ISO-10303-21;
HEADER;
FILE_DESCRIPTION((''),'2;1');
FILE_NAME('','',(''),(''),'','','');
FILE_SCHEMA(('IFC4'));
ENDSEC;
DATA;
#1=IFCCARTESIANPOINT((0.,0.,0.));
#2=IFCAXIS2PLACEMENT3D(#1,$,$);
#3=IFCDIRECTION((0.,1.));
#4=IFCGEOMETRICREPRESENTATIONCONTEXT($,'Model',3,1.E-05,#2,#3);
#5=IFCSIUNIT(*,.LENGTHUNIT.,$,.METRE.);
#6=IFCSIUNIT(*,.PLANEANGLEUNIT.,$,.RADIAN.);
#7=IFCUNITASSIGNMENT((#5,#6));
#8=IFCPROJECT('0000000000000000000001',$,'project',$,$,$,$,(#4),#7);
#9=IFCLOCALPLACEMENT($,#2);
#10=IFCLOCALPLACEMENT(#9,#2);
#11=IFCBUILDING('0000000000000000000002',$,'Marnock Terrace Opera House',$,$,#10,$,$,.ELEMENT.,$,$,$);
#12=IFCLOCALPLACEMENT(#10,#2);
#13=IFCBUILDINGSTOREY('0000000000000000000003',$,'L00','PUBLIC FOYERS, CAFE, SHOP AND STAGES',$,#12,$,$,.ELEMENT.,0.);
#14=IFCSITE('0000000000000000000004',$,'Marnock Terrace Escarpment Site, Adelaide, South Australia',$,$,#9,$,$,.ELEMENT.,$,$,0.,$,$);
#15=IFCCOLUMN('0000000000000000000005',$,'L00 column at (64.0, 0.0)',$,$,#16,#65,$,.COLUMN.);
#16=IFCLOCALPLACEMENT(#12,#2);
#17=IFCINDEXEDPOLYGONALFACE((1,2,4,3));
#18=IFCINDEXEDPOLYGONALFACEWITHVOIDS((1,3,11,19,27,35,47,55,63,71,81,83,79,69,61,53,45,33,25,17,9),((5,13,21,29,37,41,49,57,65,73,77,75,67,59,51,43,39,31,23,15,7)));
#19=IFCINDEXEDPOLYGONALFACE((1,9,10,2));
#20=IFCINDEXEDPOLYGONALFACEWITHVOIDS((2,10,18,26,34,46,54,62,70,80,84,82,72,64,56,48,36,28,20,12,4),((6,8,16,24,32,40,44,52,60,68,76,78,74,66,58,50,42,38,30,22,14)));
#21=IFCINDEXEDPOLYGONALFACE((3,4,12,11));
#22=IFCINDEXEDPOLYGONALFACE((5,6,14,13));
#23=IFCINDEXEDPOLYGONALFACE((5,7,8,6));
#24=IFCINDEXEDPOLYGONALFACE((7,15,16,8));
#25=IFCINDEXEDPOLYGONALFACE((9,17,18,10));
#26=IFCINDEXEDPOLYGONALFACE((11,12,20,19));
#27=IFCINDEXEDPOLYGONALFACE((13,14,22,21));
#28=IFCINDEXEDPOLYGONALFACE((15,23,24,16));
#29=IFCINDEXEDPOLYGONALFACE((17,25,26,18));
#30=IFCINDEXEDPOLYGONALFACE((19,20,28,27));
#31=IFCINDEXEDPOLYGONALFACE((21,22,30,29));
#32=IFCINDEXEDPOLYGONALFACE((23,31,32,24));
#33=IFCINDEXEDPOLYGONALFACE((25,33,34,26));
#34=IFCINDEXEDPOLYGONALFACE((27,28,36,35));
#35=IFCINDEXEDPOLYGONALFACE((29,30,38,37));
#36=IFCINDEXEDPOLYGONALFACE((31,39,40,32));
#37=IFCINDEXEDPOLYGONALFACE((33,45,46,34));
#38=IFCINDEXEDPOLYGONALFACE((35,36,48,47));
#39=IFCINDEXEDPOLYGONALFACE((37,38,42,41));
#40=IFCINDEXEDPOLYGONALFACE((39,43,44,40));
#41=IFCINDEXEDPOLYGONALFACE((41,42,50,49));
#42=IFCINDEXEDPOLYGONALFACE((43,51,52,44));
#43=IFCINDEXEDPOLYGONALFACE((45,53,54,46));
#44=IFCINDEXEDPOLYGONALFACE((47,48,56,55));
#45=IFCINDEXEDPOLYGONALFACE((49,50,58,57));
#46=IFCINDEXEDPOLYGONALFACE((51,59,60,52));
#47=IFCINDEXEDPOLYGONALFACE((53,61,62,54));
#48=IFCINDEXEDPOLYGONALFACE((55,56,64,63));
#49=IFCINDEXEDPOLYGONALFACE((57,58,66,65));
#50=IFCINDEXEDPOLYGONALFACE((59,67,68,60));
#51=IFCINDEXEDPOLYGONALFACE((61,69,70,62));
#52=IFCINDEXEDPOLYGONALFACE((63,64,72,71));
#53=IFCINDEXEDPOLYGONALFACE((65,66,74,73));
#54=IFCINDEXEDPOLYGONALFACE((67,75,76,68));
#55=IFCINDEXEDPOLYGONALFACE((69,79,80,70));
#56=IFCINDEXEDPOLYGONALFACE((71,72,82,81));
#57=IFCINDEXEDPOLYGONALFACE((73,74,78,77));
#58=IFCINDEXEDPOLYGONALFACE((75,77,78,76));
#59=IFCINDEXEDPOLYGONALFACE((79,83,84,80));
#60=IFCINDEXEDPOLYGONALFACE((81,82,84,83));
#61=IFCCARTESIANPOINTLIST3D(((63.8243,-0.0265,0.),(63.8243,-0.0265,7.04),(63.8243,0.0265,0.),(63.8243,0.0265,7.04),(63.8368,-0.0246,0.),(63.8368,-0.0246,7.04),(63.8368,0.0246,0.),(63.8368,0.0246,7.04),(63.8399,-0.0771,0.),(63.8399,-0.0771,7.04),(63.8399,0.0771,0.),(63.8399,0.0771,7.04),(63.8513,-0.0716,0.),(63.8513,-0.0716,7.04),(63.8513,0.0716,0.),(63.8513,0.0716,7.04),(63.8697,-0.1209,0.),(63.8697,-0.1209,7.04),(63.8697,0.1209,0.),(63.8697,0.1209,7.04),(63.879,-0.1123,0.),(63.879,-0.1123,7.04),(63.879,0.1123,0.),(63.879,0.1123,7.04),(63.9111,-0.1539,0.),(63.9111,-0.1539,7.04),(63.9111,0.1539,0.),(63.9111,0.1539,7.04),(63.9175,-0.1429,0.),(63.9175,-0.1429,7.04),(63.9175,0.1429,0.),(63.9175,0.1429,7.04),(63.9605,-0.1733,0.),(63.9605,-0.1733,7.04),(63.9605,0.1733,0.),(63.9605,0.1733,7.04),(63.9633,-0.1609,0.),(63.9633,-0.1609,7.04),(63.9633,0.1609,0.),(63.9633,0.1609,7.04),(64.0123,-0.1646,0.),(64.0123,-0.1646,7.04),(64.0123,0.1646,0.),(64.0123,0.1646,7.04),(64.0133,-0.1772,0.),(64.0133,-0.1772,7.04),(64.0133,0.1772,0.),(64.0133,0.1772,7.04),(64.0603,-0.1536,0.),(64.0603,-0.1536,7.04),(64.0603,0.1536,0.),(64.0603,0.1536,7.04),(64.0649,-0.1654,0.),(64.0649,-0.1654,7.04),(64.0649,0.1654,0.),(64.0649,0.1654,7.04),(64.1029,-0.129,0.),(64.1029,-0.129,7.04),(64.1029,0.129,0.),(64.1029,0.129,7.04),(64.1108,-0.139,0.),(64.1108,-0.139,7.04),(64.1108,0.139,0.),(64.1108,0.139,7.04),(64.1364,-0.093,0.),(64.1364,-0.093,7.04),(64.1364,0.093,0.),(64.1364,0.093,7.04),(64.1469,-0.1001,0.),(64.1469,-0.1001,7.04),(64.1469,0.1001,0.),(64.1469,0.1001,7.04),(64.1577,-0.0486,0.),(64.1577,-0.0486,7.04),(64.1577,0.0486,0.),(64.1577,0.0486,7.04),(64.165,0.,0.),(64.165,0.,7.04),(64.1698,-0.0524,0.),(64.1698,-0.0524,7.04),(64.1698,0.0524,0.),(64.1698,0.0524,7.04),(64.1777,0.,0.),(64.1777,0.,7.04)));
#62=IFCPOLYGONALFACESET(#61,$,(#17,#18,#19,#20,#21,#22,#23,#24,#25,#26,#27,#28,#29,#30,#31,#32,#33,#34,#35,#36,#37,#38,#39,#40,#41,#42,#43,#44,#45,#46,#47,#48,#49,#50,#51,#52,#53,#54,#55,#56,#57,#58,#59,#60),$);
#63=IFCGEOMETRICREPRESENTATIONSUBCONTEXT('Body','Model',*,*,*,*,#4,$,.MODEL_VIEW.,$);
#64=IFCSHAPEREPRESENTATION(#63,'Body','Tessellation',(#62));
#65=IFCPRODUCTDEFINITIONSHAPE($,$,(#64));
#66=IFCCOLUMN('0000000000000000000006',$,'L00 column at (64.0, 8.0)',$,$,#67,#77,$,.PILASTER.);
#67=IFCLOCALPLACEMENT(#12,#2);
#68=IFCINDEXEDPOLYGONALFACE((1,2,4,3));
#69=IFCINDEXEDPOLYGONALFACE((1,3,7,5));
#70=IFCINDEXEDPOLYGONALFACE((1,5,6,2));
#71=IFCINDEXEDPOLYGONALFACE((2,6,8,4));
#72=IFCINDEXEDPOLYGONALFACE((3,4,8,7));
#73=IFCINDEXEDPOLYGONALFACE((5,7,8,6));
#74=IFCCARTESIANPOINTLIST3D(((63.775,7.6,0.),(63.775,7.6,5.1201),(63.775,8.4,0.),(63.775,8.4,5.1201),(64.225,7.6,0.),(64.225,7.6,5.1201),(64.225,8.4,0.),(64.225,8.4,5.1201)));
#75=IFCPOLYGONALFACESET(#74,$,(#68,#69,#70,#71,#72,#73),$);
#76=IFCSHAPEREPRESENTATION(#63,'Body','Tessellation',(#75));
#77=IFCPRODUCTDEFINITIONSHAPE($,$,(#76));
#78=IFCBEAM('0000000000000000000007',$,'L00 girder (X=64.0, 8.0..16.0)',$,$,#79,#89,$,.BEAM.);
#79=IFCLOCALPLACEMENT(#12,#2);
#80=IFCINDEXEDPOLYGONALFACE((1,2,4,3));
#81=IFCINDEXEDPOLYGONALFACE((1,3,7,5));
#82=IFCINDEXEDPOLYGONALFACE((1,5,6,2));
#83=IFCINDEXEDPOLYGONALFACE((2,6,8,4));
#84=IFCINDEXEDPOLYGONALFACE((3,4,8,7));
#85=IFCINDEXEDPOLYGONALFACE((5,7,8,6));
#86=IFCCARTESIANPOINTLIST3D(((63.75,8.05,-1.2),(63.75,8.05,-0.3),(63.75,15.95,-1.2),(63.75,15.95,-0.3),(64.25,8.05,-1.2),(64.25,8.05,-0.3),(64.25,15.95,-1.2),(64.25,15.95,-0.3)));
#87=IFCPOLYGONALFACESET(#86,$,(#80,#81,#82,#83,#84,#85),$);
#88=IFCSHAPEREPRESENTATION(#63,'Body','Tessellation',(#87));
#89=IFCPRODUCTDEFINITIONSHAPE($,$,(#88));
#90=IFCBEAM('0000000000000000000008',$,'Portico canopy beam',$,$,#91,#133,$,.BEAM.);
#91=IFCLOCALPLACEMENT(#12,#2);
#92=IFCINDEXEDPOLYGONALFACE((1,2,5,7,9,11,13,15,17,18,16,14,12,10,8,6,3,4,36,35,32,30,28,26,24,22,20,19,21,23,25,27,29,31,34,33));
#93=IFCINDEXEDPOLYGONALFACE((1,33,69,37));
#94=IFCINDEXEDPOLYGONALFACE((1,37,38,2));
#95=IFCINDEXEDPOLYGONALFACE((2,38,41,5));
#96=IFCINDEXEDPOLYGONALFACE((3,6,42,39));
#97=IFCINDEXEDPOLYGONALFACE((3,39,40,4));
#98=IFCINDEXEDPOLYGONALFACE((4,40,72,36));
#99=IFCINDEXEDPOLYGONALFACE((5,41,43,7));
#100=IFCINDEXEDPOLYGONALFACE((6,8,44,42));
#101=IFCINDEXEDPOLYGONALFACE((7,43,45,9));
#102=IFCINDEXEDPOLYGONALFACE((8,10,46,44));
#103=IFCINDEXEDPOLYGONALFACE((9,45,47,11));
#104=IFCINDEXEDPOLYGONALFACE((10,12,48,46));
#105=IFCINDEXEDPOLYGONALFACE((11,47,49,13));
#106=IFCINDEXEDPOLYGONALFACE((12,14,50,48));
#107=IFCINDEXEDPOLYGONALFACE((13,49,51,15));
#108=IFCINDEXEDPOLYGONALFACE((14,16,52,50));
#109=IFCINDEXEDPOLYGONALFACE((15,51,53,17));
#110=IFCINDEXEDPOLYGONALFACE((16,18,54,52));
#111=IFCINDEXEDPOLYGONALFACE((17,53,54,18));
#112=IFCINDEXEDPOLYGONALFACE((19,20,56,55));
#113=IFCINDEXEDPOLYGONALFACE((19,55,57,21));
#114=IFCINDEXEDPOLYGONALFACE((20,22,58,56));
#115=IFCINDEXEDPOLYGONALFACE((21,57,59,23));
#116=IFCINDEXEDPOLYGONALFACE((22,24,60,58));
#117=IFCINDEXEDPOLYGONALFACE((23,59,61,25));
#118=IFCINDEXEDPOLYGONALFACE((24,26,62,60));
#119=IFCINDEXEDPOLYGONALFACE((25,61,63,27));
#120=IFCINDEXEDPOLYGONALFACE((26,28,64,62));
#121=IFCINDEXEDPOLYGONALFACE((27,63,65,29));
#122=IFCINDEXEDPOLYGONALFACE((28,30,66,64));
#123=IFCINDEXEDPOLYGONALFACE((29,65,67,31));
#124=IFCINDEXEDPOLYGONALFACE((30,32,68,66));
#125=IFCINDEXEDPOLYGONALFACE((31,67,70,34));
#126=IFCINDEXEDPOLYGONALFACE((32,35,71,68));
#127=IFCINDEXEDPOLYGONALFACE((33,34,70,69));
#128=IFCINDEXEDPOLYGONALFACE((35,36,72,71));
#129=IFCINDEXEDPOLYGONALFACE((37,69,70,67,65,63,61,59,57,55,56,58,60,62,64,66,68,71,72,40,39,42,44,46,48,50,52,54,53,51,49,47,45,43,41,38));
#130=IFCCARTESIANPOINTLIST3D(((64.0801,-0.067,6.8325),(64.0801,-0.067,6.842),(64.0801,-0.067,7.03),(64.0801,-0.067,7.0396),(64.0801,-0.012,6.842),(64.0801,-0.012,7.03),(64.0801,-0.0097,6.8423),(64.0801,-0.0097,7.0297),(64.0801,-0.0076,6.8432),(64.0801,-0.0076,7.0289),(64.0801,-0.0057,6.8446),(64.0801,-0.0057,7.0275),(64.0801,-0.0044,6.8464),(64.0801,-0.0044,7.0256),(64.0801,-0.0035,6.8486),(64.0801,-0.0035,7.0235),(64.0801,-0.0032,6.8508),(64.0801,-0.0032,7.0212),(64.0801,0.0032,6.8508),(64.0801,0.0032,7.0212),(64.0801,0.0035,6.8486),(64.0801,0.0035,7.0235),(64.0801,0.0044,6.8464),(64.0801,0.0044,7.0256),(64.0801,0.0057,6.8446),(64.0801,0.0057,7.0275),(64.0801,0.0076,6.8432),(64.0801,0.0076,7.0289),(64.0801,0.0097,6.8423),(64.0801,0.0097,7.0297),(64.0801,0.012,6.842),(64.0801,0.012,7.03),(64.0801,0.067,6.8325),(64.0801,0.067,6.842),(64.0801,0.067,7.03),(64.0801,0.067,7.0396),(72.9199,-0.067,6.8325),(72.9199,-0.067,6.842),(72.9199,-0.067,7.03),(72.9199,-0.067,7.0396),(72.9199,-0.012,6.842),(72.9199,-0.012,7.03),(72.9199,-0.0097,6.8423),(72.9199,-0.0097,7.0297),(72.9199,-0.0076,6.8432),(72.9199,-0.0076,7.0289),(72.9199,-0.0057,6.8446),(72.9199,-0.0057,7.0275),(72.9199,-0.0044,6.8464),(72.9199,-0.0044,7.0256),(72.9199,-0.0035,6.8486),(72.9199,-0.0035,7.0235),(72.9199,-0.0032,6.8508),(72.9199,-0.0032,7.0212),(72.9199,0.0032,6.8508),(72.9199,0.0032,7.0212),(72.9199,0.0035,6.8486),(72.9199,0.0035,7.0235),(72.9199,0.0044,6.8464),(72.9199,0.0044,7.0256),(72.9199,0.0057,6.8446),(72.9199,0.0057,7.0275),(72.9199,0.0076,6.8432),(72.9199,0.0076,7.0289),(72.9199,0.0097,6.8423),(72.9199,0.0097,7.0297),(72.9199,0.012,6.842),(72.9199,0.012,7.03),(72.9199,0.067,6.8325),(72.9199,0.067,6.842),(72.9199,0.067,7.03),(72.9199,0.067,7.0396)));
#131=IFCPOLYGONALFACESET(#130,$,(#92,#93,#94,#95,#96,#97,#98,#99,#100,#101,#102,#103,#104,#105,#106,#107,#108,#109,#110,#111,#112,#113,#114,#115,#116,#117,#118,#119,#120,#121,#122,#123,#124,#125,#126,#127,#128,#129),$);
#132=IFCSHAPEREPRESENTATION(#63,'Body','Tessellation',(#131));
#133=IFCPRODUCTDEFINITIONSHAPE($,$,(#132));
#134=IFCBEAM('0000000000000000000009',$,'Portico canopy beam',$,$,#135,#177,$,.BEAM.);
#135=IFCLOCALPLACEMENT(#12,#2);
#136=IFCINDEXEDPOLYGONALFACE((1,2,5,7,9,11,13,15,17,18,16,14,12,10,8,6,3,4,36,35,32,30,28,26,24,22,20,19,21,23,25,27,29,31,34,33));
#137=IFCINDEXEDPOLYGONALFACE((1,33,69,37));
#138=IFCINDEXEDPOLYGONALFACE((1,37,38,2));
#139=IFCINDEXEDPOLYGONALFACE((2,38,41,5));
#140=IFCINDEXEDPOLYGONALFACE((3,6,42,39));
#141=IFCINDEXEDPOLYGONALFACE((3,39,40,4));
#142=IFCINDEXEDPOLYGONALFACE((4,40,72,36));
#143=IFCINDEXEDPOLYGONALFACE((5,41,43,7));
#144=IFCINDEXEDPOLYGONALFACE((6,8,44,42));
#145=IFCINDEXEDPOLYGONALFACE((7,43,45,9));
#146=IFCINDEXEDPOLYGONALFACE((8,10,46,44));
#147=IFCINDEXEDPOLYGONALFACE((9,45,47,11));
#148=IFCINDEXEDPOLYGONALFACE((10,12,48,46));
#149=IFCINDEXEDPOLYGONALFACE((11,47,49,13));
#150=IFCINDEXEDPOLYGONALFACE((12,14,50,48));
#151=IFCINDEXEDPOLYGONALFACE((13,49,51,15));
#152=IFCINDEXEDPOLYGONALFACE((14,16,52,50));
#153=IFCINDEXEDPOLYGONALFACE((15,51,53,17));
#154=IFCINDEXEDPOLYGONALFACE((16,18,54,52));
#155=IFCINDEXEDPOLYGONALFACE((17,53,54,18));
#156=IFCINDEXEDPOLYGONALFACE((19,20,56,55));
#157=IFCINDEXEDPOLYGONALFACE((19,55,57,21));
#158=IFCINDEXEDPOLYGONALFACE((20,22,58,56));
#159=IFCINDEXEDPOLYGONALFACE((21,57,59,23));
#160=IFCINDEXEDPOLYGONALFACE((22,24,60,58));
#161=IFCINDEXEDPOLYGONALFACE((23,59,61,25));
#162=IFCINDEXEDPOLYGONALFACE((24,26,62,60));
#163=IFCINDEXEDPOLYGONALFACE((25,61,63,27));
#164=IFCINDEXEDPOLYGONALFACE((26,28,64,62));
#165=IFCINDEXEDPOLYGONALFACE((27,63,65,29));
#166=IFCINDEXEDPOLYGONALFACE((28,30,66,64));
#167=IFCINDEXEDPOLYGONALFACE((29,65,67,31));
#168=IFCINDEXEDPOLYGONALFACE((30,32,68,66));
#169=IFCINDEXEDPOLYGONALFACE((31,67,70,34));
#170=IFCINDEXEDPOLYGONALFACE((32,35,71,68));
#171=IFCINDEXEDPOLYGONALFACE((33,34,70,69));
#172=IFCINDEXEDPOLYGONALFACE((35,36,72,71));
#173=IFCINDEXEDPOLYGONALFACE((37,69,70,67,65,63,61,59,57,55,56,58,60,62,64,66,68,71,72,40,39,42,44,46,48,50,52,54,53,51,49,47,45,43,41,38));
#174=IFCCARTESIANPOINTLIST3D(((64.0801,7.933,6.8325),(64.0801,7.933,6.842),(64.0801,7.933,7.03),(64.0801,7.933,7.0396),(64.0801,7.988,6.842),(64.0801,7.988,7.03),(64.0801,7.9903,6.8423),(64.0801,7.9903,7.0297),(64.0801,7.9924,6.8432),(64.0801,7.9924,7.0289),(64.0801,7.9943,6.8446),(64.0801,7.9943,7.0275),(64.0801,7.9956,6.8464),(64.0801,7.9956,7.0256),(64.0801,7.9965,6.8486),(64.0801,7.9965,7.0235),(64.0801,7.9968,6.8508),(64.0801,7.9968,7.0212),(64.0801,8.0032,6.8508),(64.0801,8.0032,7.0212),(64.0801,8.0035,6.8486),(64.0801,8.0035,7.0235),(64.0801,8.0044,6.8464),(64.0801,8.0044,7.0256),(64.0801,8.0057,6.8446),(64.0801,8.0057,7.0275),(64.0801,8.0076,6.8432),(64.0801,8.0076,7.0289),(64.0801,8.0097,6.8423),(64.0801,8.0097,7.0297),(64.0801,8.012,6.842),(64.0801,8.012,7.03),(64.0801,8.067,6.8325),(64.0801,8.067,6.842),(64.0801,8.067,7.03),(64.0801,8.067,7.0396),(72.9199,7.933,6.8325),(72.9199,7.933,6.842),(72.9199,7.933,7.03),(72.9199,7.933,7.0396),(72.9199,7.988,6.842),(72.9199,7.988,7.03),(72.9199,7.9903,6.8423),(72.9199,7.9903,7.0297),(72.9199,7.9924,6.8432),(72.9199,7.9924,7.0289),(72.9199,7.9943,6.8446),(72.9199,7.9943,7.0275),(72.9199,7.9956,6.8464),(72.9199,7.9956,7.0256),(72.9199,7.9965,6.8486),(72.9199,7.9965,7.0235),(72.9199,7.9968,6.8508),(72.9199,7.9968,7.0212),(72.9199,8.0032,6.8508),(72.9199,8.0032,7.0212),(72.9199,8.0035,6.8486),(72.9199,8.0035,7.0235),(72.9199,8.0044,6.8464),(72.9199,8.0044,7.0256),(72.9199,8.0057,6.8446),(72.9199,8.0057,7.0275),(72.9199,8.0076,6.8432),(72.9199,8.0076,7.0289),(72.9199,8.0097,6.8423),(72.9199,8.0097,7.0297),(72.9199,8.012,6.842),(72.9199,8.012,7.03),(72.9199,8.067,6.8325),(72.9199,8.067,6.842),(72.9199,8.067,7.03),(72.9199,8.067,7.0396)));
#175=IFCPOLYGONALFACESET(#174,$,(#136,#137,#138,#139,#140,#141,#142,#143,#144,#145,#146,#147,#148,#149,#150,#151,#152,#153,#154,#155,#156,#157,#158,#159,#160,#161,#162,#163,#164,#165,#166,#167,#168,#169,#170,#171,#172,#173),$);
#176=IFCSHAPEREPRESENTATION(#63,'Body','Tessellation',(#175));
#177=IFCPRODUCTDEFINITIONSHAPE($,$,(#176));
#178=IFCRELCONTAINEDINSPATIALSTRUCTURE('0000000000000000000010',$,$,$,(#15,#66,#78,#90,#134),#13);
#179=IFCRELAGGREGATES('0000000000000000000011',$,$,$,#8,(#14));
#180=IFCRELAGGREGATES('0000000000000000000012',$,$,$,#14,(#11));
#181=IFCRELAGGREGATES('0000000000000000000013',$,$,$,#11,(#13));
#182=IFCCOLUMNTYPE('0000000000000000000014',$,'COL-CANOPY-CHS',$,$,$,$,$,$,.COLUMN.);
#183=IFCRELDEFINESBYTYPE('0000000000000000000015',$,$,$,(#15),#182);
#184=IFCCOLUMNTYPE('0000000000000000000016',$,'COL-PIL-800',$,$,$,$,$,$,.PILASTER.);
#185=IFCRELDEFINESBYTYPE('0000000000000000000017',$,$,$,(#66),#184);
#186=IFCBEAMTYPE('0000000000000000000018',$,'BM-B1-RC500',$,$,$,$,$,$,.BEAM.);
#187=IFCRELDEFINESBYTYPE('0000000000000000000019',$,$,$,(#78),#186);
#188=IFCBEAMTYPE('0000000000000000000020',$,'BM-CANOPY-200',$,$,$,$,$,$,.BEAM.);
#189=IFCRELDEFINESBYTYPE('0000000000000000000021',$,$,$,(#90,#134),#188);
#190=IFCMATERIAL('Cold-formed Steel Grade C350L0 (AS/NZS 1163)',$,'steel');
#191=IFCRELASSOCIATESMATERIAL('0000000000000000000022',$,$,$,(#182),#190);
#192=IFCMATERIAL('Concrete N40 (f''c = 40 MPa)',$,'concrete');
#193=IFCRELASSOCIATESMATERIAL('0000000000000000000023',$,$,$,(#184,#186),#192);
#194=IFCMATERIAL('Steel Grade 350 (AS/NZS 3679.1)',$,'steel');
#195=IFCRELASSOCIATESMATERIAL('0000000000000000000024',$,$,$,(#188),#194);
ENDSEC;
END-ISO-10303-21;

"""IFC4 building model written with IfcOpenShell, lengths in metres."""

from ifc_helpers import new_model, si_unit, direction, frame, origin, origin_2d, place, context, subcontext, project, spatial, rectangle, hollow_circle, i_section, extrude, material, material_profile, profile_set, type_object, element, save


model = new_model("IFC4")

# Units and contexts
model_context = context("Model", 3, precision=1e-05, world=origin(), true_north=direction((0.0, 1.0)))
body_context = subcontext(model_context, "Body", "Model", "MODEL_VIEW")
ifc_project = project(units=[si_unit("LENGTHUNIT", "METRE"), si_unit("PLANEANGLEUNIT", "RADIAN")], contexts=[model_context])

# Site, building, storey
site_placement = place(None, origin())
site = spatial("IfcSite", under=ifc_project, at=site_placement, Name="Marnock Terrace Escarpment Site, Adelaide, South Australia", CompositionType="ELEMENT", RefElevation=0.0)
building_placement = place(site_placement, origin())
building = spatial("IfcBuilding", under=site, at=building_placement, Name="Marnock Terrace Opera House", CompositionType="ELEMENT")
storey_placement = place(building_placement, origin())
storey = spatial("IfcBuildingStorey", under=building, at=storey_placement, Name="L00", Description="PUBLIC FOYERS, CAFE, SHOP AND STAGES", CompositionType="ELEMENT", Elevation=0.0)

# Columns
ifc_material_1 = material(Name="Cold-formed Steel Grade C350L0 (AS/NZS 1163)", Category="steel")
ifc_material_profile_1 = material_profile(ifc_material_1, hollow_circle(Radius=0.1777, WallThickness=0.0127, at=origin_2d()))
ifc_profile_set_1 = profile_set([ifc_material_profile_1], Name="Cold-formed Steel Grade C350L0 (AS/NZS 1163)")
column_type_1 = type_object("IfcColumnType", Name="COL-CANOPY-CHS", PredefinedType="COLUMN", material=ifc_profile_set_1)
column_1_placement = place(storey_placement, frame((64.0, 0.0, 0.0), z_axis=(0.0, 0.0, 1.0), x_axis=(1.0, 0.0, 0.0)))
element("IfcColumn", 1, at=column_1_placement, inside=storey, type_object=column_type_1, Name="L00 column at (64.0, 0.0)", PredefinedType="COLUMN", context=body_context, shape_type="SweptSolid", body=[
    extrude(hollow_circle(Radius=0.1777, WallThickness=0.0127, at=origin_2d()), origin(), (0.0, 0.0, 1.0), 7.04),
])
ifc_material_2 = material(Name="Concrete N40 (f'c = 40 MPa)", Category="concrete")
ifc_material_profile_2 = material_profile(ifc_material_2, rectangle(XDim=0.45, YDim=0.8, at=origin_2d()))
ifc_profile_set_2 = profile_set([ifc_material_profile_2], Name="Concrete N40 (f'c = 40 MPa)")
column_type_2 = type_object("IfcColumnType", Name="COL-PIL-800", PredefinedType="PILASTER", material=ifc_profile_set_2)
column_2_placement = place(storey_placement, frame((64.0, 8.0, 0.0), z_axis=(0.0, 0.0, 1.0), x_axis=(1.0, 0.0, 0.0)))
element("IfcColumn", 2, at=column_2_placement, inside=storey, type_object=column_type_2, Name="L00 column at (64.0, 8.0)", PredefinedType="PILASTER", context=body_context, shape_type="SweptSolid", body=[
    extrude(rectangle(XDim=0.45, YDim=0.8, at=origin_2d()), origin(), (0.0, 0.0, 1.0), 5.1201),
])

# Beams
ifc_material_profile_3 = material_profile(ifc_material_2, rectangle(XDim=0.5, YDim=0.8999, at=origin_2d()))
ifc_profile_set_3 = profile_set([ifc_material_profile_3], Name="Concrete N40 (f'c = 40 MPa)")
beam_type_1 = type_object("IfcBeamType", Name="BM-B1-RC500", PredefinedType="BEAM", material=ifc_profile_set_3)
beam_1_placement = place(storey_placement, frame((64.0, 8.05, -0.75), z_axis=(0.0, 1.0, 0.0), x_axis=(-1.0, 0.0, 0.0)))
element("IfcBeam", 3, at=beam_1_placement, inside=storey, type_object=beam_type_1, Name="L00 girder (X=64.0, 8.0..16.0)", PredefinedType="BEAM", context=body_context, shape_type="SweptSolid", body=[
    extrude(rectangle(XDim=0.5, YDim=0.8999, at=origin_2d()), origin(), (0.0, 0.0, 1.0), 7.8999),
])
ifc_material_3 = material(Name="Steel Grade 350 (AS/NZS 3679.1)", Category="steel")
ifc_material_profile_4 = material_profile(ifc_material_3, i_section(OverallWidth=0.134, OverallDepth=0.207, WebThickness=0.0063, FlangeThickness=0.0095, FilletRadius=0.0088, at=origin_2d()))
ifc_profile_set_4 = profile_set([ifc_material_profile_4], Name="Steel Grade 350 (AS/NZS 3679.1)")
beam_type_2 = type_object("IfcBeamType", Name="BM-CANOPY-200", PredefinedType="BEAM", material=ifc_profile_set_4)
for number, where, z_axis, x_axis, name in (
    (4, (64.0801, 0.0, 6.936), (1.0, 0.0, 0.0), (0.0, 1.0, 0.0), "Portico canopy beam"),
    (5, (64.0801, 8.0, 6.936), (1.0, 0.0, 0.0), (0.0, 1.0, 0.0), "Portico canopy beam"),
):
    element("IfcBeam", number, at=place(storey_placement, frame(where, z_axis=z_axis, x_axis=x_axis)), inside=storey, type_object=beam_type_2, Name=name, PredefinedType="BEAM", context=body_context, shape_type="SweptSolid", body=[
        extrude(i_section(OverallWidth=0.134, OverallDepth=0.207, WebThickness=0.0063, FlangeThickness=0.0095, FilletRadius=0.0088, at=origin_2d()), origin(), (0.0, 0.0, 1.0), 8.8398),
    ])

save(model, "model.ifc")
